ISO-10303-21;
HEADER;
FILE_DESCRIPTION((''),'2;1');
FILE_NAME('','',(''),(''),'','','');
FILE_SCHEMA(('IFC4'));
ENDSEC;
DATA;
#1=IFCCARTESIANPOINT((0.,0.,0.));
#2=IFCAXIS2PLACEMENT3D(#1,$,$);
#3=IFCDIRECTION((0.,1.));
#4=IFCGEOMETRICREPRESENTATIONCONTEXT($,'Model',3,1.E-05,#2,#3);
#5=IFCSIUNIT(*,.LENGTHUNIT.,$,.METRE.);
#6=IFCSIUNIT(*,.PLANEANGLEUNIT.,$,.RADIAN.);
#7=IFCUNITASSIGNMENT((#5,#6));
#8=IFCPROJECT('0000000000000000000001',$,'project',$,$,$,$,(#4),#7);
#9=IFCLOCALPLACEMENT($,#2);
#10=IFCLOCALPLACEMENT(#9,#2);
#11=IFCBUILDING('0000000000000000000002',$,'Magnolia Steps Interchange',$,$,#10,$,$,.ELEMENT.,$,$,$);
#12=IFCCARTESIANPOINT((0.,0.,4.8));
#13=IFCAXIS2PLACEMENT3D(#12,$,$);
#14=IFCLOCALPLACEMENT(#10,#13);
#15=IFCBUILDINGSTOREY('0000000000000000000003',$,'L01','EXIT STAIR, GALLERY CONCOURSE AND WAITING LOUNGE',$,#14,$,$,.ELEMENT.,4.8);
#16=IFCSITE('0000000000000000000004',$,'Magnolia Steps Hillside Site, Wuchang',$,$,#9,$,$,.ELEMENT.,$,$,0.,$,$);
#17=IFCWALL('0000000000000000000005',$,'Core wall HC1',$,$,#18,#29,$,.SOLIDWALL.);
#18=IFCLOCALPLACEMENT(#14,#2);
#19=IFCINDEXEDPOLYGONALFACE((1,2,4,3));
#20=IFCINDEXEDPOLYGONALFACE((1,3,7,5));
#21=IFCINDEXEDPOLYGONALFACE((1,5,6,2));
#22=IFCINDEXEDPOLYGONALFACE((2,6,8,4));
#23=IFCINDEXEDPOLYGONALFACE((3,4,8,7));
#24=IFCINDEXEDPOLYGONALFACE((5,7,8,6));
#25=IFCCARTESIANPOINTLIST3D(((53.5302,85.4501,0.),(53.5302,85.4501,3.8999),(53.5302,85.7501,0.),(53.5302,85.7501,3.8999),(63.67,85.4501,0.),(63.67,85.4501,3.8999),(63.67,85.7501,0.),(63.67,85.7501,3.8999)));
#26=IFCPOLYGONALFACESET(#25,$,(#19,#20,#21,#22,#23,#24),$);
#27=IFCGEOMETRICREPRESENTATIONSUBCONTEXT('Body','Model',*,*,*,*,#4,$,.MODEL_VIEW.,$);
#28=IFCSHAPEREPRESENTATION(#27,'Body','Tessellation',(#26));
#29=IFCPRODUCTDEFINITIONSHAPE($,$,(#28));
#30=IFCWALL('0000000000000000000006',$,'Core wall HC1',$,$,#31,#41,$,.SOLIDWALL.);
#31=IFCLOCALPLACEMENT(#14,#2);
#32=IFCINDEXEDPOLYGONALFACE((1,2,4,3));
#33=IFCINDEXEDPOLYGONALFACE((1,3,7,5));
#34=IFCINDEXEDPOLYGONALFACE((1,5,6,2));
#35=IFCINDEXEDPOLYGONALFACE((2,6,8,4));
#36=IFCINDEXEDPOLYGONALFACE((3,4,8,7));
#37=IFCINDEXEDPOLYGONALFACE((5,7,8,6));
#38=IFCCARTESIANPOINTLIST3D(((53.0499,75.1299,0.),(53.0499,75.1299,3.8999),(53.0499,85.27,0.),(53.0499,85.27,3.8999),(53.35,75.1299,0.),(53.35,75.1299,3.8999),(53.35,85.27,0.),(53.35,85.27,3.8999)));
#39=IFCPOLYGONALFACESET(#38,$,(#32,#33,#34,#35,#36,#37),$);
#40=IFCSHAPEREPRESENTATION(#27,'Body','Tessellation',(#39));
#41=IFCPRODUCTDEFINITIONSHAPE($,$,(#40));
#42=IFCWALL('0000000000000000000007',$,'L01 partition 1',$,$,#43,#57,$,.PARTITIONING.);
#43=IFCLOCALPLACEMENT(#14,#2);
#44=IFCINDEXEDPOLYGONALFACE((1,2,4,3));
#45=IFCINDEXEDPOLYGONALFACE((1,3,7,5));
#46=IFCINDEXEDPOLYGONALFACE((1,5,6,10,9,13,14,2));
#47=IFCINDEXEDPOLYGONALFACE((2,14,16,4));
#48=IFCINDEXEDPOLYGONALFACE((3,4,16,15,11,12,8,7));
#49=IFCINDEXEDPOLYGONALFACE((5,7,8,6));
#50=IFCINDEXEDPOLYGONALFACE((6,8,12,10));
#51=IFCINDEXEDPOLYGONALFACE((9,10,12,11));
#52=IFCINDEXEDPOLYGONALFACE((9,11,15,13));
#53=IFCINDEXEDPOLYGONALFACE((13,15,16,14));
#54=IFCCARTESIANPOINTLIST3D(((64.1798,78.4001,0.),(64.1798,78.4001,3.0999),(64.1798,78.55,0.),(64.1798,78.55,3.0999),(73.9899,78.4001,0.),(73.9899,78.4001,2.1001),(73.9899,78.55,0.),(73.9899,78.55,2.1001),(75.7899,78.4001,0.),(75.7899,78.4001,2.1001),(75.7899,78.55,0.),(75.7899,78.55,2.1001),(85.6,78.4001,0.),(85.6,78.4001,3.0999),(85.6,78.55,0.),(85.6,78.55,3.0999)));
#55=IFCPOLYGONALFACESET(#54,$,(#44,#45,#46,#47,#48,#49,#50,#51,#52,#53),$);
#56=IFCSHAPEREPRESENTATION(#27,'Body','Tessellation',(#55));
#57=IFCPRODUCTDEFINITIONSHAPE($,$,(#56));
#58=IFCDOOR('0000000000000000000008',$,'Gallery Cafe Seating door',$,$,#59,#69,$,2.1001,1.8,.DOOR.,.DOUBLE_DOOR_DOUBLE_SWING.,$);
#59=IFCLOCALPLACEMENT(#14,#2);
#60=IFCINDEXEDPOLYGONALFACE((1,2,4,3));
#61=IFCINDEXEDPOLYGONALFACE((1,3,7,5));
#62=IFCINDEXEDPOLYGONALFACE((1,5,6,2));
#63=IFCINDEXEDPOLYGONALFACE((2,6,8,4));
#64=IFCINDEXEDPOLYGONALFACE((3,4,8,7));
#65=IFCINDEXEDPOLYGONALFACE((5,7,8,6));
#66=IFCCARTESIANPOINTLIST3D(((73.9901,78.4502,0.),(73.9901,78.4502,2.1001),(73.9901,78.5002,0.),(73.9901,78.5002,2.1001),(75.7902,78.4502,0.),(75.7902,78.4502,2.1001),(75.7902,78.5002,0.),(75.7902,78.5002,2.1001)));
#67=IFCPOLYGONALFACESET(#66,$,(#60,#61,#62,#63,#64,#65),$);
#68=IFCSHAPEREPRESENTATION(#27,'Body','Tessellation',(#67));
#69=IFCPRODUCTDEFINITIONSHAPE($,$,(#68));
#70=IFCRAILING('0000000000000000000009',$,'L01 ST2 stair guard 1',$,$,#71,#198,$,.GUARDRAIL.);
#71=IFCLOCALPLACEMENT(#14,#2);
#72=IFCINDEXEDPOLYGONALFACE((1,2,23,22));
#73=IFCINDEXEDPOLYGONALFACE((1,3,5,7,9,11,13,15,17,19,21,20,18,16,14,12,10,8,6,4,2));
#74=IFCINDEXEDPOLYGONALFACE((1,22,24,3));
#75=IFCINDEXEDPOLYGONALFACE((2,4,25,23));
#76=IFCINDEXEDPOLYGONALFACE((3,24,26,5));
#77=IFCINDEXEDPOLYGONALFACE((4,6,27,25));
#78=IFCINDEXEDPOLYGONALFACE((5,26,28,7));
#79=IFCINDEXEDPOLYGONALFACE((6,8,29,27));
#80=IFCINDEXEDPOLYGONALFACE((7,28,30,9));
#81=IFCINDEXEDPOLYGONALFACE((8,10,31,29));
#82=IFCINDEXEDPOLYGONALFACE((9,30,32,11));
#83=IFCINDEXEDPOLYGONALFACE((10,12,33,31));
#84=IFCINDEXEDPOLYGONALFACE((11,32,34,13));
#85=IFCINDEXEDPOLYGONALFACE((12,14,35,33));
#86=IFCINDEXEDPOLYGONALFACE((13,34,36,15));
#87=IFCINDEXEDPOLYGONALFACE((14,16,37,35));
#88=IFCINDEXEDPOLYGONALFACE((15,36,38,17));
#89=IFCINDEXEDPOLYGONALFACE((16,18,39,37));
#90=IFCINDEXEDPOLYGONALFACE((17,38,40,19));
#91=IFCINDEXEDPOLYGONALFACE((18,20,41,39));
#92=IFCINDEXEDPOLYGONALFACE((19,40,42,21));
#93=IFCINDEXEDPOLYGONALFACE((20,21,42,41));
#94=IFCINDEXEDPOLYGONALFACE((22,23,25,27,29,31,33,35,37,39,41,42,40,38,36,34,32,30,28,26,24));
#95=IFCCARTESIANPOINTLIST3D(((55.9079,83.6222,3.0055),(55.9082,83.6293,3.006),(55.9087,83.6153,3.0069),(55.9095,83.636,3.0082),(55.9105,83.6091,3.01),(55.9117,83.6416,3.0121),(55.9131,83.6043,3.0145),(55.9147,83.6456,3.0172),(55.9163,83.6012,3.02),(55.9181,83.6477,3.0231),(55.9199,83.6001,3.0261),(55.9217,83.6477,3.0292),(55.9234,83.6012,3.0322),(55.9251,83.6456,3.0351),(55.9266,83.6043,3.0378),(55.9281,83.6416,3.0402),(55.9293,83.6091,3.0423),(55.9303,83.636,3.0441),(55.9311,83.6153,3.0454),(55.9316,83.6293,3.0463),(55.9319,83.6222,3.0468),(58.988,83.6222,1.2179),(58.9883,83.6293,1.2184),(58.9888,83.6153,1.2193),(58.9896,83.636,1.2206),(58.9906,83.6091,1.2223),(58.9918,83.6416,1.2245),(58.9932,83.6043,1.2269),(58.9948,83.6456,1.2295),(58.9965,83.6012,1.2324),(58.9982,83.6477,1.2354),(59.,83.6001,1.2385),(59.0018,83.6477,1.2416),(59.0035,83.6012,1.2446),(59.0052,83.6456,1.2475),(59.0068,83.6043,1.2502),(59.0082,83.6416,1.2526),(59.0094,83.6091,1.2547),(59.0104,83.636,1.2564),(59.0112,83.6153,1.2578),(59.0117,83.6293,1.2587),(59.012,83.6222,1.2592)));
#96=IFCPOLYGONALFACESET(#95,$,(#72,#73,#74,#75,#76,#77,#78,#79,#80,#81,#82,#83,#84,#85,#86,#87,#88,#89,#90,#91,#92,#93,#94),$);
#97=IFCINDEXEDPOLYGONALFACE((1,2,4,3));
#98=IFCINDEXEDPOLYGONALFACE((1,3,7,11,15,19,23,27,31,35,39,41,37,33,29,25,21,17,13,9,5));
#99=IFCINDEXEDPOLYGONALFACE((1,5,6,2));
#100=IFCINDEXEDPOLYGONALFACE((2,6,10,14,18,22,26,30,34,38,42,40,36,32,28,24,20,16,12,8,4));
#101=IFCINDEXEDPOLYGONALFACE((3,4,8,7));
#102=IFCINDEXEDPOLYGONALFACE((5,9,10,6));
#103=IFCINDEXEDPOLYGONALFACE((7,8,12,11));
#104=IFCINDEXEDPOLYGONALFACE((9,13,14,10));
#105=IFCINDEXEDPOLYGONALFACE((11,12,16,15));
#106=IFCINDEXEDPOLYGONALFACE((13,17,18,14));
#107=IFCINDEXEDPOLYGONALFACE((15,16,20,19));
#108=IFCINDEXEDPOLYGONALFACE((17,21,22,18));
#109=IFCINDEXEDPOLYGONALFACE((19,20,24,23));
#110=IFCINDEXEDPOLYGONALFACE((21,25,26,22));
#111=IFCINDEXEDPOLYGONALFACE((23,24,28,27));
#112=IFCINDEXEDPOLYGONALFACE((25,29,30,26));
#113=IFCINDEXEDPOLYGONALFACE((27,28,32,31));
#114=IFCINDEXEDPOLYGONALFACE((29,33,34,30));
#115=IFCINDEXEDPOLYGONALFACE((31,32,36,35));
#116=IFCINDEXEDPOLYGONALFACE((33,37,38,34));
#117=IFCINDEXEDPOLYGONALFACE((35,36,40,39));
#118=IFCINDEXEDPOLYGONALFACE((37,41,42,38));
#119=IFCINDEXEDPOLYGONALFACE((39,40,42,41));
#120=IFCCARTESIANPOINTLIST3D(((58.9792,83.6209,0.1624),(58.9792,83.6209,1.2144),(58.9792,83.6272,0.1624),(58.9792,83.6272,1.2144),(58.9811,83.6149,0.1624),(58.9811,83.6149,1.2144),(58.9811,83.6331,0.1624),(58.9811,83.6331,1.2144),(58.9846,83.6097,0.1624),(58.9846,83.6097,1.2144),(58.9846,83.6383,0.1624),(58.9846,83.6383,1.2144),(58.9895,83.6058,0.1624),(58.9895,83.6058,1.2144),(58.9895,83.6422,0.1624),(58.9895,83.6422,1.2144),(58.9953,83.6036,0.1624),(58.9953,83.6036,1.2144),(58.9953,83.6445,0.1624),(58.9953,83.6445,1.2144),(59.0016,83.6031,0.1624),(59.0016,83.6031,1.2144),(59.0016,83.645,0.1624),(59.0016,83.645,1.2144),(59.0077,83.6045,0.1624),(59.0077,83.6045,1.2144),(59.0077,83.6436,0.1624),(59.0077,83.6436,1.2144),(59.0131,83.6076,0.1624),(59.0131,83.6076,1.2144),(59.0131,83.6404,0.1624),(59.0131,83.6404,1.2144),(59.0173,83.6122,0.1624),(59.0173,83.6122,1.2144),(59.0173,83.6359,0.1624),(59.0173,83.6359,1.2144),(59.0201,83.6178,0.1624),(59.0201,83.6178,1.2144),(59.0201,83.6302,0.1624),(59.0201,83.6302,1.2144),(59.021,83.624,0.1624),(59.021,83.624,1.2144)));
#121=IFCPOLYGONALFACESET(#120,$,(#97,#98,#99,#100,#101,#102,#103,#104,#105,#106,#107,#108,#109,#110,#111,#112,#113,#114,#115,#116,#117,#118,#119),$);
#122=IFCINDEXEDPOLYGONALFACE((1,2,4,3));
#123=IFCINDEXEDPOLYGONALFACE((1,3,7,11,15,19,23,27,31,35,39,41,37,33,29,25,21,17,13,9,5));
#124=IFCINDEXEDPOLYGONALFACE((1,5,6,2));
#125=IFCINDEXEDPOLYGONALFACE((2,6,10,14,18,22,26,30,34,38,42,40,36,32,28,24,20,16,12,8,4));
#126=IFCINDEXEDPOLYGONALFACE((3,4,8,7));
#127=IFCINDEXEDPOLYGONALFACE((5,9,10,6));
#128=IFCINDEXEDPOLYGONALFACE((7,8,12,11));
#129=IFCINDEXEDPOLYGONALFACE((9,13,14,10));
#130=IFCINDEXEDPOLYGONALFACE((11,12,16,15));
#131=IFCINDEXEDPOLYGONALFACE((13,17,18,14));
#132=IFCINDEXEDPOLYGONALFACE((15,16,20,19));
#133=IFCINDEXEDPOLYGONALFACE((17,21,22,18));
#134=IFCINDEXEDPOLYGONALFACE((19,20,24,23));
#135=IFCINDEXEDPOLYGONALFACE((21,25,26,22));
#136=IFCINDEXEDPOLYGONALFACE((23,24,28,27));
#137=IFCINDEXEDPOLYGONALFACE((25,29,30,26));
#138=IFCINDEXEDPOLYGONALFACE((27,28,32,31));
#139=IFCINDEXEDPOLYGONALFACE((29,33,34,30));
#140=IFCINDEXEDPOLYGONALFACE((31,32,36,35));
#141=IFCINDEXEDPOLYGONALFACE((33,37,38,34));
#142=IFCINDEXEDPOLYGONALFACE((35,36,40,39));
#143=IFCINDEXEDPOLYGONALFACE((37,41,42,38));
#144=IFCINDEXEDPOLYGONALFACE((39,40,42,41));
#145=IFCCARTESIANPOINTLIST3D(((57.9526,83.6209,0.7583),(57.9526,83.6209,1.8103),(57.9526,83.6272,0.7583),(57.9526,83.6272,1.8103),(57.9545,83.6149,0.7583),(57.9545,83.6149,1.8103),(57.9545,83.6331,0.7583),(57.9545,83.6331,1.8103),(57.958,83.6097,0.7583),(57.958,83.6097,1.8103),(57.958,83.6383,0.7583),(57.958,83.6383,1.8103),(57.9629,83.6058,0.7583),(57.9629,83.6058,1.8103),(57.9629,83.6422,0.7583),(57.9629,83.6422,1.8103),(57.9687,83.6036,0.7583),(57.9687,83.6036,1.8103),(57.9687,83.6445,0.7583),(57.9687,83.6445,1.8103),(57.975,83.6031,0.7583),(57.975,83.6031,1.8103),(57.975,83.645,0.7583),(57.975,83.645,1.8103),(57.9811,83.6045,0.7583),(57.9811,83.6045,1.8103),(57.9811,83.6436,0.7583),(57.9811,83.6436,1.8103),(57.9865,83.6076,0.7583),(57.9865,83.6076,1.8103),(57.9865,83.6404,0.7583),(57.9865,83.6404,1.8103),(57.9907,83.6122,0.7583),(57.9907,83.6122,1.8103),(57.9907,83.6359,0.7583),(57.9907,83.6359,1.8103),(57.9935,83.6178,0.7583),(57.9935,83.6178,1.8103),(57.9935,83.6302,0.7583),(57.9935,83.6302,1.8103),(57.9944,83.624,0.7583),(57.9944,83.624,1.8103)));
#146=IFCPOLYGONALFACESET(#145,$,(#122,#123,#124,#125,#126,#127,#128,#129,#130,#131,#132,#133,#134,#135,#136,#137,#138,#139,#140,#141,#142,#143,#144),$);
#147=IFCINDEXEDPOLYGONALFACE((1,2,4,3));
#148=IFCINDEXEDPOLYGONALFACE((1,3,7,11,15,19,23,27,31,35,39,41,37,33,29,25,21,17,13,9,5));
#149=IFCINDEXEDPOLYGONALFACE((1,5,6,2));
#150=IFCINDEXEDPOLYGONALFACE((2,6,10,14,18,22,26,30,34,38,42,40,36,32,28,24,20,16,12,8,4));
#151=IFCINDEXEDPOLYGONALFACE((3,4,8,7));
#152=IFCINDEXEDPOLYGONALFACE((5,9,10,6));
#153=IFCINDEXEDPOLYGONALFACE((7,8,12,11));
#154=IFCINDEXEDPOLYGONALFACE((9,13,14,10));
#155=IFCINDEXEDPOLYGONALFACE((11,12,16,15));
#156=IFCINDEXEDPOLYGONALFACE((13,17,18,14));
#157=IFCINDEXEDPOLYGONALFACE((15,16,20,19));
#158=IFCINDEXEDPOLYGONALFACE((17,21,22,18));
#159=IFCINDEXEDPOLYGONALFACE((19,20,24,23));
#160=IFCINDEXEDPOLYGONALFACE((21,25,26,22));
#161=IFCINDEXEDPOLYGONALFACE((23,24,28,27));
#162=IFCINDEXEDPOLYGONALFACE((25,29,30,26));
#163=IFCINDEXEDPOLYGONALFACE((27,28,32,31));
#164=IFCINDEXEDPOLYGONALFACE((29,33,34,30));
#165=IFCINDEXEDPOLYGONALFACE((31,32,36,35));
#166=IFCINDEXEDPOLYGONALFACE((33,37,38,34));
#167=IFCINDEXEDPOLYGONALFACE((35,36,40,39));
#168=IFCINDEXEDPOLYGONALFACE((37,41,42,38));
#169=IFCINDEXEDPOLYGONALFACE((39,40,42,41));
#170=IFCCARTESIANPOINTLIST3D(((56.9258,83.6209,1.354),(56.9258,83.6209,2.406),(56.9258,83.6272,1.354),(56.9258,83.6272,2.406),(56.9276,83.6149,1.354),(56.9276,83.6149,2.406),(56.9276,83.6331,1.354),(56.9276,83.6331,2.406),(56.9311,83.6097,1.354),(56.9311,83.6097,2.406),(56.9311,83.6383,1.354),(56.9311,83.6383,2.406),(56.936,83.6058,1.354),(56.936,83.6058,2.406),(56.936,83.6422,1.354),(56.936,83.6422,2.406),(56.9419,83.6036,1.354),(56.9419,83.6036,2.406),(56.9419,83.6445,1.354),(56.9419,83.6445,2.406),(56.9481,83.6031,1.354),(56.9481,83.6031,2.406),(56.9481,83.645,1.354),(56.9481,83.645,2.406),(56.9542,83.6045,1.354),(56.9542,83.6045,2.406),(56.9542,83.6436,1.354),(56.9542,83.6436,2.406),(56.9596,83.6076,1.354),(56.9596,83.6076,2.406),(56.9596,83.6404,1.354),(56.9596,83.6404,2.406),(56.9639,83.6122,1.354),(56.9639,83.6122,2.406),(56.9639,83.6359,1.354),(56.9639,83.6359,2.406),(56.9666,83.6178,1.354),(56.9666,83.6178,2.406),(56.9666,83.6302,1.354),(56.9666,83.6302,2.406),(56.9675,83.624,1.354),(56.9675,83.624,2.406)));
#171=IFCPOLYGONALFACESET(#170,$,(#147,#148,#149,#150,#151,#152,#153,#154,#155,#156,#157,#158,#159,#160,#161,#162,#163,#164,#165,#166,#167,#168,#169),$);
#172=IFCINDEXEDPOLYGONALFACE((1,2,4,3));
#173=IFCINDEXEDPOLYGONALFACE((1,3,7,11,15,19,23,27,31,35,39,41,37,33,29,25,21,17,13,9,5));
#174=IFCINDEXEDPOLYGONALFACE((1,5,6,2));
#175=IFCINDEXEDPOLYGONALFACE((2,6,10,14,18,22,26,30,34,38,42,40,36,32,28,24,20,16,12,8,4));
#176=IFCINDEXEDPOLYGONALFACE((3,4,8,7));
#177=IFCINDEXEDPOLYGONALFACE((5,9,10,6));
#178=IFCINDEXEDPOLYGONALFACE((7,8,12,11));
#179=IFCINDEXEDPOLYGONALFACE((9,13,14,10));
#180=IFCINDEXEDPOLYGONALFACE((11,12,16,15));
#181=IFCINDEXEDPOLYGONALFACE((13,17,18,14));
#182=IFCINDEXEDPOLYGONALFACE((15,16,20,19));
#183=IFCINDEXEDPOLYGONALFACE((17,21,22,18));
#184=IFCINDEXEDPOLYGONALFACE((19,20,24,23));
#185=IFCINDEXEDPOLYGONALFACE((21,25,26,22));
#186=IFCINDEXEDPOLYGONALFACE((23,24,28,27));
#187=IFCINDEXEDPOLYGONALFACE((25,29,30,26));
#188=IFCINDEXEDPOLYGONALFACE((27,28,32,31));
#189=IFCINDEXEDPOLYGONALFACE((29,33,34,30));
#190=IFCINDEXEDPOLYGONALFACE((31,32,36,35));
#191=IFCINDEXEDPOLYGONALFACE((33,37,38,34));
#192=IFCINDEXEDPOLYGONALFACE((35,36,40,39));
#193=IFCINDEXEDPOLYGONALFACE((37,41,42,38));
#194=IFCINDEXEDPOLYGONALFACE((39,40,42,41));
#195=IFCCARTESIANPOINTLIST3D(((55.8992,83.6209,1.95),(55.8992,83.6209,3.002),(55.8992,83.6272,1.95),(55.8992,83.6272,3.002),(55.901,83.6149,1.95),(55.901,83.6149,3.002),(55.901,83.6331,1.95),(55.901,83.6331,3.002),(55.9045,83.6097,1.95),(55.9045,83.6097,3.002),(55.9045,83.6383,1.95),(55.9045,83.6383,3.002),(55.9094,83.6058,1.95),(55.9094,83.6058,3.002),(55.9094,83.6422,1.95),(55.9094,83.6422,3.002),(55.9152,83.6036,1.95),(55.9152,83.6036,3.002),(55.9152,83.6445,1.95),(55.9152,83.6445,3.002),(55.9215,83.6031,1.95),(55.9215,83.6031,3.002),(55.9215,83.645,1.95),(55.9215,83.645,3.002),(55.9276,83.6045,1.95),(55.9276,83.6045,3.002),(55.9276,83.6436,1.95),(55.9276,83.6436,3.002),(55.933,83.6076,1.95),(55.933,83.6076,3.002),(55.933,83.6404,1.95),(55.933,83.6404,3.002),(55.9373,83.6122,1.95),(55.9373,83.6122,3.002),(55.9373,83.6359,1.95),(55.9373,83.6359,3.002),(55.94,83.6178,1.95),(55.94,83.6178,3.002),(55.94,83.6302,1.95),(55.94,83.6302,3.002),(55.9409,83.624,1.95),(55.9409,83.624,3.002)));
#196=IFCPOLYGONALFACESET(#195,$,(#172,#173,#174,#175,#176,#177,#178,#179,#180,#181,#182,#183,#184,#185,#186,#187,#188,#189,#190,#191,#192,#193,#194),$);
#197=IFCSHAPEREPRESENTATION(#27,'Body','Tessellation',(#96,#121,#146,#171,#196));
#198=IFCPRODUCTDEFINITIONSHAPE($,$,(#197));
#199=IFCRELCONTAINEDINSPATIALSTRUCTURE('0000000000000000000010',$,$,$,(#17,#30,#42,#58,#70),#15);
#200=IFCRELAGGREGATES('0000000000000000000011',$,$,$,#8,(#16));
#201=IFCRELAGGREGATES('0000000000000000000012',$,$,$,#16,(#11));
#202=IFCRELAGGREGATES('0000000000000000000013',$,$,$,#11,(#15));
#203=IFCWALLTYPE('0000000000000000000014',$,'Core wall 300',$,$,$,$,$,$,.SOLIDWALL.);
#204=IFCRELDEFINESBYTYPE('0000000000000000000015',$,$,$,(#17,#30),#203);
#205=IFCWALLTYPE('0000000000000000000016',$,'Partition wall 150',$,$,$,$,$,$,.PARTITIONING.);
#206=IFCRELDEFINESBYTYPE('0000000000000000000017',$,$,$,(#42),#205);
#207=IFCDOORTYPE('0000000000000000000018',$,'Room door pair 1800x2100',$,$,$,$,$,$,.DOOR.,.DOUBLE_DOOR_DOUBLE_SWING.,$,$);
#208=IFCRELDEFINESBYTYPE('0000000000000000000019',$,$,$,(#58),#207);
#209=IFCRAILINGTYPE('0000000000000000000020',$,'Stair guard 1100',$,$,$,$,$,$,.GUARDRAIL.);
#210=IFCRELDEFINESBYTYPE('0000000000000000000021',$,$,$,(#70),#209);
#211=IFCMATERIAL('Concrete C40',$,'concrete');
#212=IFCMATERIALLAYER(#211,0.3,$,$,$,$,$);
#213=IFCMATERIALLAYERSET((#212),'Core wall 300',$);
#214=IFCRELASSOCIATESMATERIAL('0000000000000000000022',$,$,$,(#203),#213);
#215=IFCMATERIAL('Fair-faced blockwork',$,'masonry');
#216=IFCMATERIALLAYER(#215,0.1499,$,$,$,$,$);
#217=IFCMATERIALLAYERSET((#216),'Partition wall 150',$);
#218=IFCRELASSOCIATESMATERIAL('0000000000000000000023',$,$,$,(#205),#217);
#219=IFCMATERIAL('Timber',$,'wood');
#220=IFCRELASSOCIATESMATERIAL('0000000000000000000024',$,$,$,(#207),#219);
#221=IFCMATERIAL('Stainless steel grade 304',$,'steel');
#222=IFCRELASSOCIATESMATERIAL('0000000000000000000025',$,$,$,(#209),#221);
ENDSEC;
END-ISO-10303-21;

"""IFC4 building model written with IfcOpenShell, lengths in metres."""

from ifc_helpers import new_model, si_unit, direction, frame, frame_2d, origin, origin_2d, place, context, subcontext, project, spatial, rectangle, circle, extrude, material, layer, layer_set, type_object, element, fill, save


model = new_model("IFC4")

# Units and contexts
model_context = context("Model", 3, precision=1e-05, world=origin(), true_north=direction((0.0, 1.0)))
body_context = subcontext(model_context, "Body", "Model", "MODEL_VIEW")
ifc_project = project(units=[si_unit("LENGTHUNIT", "METRE"), si_unit("PLANEANGLEUNIT", "RADIAN")], contexts=[model_context])

# Site, building, storey
site_placement = place(None, origin())
site = spatial("IfcSite", under=ifc_project, at=site_placement, Name="Magnolia Steps Hillside Site, Wuchang", CompositionType="ELEMENT", RefElevation=0.0)
building_placement = place(site_placement, origin())
building = spatial("IfcBuilding", under=site, at=building_placement, Name="Magnolia Steps Interchange", CompositionType="ELEMENT")
storey_placement = place(building_placement, frame((0.0, 0.0, 4.8)))
storey = spatial("IfcBuildingStorey", under=building, at=storey_placement, Name="L01", Description="EXIT STAIR, GALLERY CONCOURSE AND WAITING LOUNGE", CompositionType="ELEMENT", Elevation=4.8)

# Walls
ifc_material_1 = material(Name="Concrete C40", Category="concrete")
ifc_layer_1 = layer(ifc_material_1, 0.3)
ifc_layer_set_1 = layer_set([ifc_layer_1], Name="Core wall 300")
wall_type_1 = type_object("IfcWallType", Name="Core wall 300", PredefinedType="SOLIDWALL", material=ifc_layer_set_1)
wall_1_placement = place(storey_placement, frame((63.6699, 85.6001, 0.0), z_axis=(0.0, 0.0, 1.0), x_axis=(-1.0, 0.0, 0.0)))
element("IfcWall", 1, at=wall_1_placement, inside=storey, type_object=wall_type_1, Name="Core wall HC1", PredefinedType="SOLIDWALL", context=body_context, shape_type="SweptSolid", body=[
    extrude(rectangle(XDim=10.1399, YDim=0.3, at=frame_2d((5.0698, 0.0))), origin(), (0.0, 0.0, 1.0), 3.8999),
])
wall_2_placement = place(storey_placement, frame((53.2, 85.27, 0.0), z_axis=(0.0, 0.0, 1.0), x_axis=(0.0, -1.0, 0.0)))
element("IfcWall", 2, at=wall_2_placement, inside=storey, type_object=wall_type_1, Name="Core wall HC1", PredefinedType="SOLIDWALL", context=body_context, shape_type="SweptSolid", body=[
    extrude(rectangle(XDim=10.1401, YDim=0.3, at=frame_2d((5.0701, 0.0))), origin(), (0.0, 0.0, 1.0), 3.8999),
])

# Wall, opening, door
ifc_material_2 = material(Name="Fair-faced blockwork", Category="masonry")
ifc_layer_2 = layer(ifc_material_2, 0.1499)
ifc_layer_set_2 = layer_set([ifc_layer_2], Name="Partition wall 150")
wall_type_2 = type_object("IfcWallType", Name="Partition wall 150", PredefinedType="PARTITIONING", material=ifc_layer_set_2)
wall_3_placement = place(storey_placement, frame((64.1799, 78.4751, 0.0), z_axis=(0.0, 0.0, 1.0), x_axis=(1.0, 0.0, 0.0)))
wall_3 = element("IfcWall", 3, at=wall_3_placement, inside=storey, type_object=wall_type_2, Name="L01 partition 1", PredefinedType="PARTITIONING", context=body_context, shape_type="SweptSolid", body=[
    extrude(rectangle(XDim=21.4202, YDim=0.1499, at=frame_2d((10.71, 0.0))), origin(), (0.0, 0.0, 1.0), 3.0999),
])
opening_1_placement = place(wall_3_placement, frame((9.8101, 0.0, 0.0)))
opening_1 = element("IfcOpeningElement", 4, at=opening_1_placement, cuts=wall_3, PredefinedType="OPENING", context=body_context, shape_type="SweptSolid", body=[
    extrude(rectangle(XDim=1.8, YDim=2.1001, at=frame_2d((0.8999, 1.05))), frame((0.0, 0.085, 0.0), z_axis=(0.0, -1.0, 0.0), x_axis=(1.0, 0.0, 0.0)), (0.0, 0.0, 1.0), 0.1699),
])
ifc_material_3 = material(Name="Timber", Category="wood")
door_type_1 = type_object("IfcDoorType", Name="Room door pair 1800x2100", OperationType="DOUBLE_DOOR_DOUBLE_SWING", PredefinedType="DOOR", material=ifc_material_3)
door_1_placement = place(opening_1_placement, frame((1.8, 0.0, 0.0), z_axis=(0.0, 0.0, 1.0), x_axis=(-1.0, 0.0, 0.0)))
door_1 = element("IfcDoor", 5, at=door_1_placement, inside=storey, type_object=door_type_1, Name="Gallery Cafe Seating door", OperationType="DOUBLE_DOOR_DOUBLE_SWING", OverallHeight=2.1001, OverallWidth=1.8, PredefinedType="DOOR", context=body_context, shape_type="SweptSolid", body=[
    extrude(rectangle(XDim=1.8, YDim=2.1001, at=frame_2d((0.8999, 1.05))), frame((0.0, 0.0249, 0.0), z_axis=(0.0, -1.0, 0.0), x_axis=(1.0, 0.0, 0.0)), (0.0, 0.0, 1.0), 0.05),
])
fill(opening_1, door_1)

# Railing
ifc_material_4 = material(Name="Stainless steel grade 304", Category="steel")
railing_type_1 = type_object("IfcRailingType", Name="Stair guard 1100", PredefinedType="GUARDRAIL", material=ifc_material_4)
railing_1_placement = place(storey_placement, frame((59.0, 83.624, 0.1624)))
element("IfcRailing", 6, at=railing_1_placement, inside=storey, type_object=railing_type_1, Name="L01 ST2 stair guard 1", PredefinedType="GUARDRAIL", context=body_context, shape_type="SweptSolid", body=[
    extrude(circle(Radius=0.0239, at=origin_2d()), frame((0.0, 0.0, 1.0762), z_axis=(-0.864891, 0.0, 0.50196), x_axis=(0.0, -1.0, 0.0)), (0.0, 0.0, 1.0), 3.5613),
    extrude(circle(Radius=0.021, at=origin_2d()), origin(), (0.0, 0.0, 1.0), 1.052),
    extrude(circle(Radius=0.021, at=origin_2d()), frame((-1.0266, 0.0, 0.5959)), (0.0, 0.0, 1.0), 1.052),
    extrude(circle(Radius=0.021, at=origin_2d()), frame((-2.0535, 0.0, 1.1917)), (0.0, 0.0, 1.0), 1.052),
    extrude(circle(Radius=0.021, at=origin_2d()), frame((-3.0801, 0.0, 1.7876)), (0.0, 0.0, 1.0), 1.052),
])

save(model, "model.ifc")
